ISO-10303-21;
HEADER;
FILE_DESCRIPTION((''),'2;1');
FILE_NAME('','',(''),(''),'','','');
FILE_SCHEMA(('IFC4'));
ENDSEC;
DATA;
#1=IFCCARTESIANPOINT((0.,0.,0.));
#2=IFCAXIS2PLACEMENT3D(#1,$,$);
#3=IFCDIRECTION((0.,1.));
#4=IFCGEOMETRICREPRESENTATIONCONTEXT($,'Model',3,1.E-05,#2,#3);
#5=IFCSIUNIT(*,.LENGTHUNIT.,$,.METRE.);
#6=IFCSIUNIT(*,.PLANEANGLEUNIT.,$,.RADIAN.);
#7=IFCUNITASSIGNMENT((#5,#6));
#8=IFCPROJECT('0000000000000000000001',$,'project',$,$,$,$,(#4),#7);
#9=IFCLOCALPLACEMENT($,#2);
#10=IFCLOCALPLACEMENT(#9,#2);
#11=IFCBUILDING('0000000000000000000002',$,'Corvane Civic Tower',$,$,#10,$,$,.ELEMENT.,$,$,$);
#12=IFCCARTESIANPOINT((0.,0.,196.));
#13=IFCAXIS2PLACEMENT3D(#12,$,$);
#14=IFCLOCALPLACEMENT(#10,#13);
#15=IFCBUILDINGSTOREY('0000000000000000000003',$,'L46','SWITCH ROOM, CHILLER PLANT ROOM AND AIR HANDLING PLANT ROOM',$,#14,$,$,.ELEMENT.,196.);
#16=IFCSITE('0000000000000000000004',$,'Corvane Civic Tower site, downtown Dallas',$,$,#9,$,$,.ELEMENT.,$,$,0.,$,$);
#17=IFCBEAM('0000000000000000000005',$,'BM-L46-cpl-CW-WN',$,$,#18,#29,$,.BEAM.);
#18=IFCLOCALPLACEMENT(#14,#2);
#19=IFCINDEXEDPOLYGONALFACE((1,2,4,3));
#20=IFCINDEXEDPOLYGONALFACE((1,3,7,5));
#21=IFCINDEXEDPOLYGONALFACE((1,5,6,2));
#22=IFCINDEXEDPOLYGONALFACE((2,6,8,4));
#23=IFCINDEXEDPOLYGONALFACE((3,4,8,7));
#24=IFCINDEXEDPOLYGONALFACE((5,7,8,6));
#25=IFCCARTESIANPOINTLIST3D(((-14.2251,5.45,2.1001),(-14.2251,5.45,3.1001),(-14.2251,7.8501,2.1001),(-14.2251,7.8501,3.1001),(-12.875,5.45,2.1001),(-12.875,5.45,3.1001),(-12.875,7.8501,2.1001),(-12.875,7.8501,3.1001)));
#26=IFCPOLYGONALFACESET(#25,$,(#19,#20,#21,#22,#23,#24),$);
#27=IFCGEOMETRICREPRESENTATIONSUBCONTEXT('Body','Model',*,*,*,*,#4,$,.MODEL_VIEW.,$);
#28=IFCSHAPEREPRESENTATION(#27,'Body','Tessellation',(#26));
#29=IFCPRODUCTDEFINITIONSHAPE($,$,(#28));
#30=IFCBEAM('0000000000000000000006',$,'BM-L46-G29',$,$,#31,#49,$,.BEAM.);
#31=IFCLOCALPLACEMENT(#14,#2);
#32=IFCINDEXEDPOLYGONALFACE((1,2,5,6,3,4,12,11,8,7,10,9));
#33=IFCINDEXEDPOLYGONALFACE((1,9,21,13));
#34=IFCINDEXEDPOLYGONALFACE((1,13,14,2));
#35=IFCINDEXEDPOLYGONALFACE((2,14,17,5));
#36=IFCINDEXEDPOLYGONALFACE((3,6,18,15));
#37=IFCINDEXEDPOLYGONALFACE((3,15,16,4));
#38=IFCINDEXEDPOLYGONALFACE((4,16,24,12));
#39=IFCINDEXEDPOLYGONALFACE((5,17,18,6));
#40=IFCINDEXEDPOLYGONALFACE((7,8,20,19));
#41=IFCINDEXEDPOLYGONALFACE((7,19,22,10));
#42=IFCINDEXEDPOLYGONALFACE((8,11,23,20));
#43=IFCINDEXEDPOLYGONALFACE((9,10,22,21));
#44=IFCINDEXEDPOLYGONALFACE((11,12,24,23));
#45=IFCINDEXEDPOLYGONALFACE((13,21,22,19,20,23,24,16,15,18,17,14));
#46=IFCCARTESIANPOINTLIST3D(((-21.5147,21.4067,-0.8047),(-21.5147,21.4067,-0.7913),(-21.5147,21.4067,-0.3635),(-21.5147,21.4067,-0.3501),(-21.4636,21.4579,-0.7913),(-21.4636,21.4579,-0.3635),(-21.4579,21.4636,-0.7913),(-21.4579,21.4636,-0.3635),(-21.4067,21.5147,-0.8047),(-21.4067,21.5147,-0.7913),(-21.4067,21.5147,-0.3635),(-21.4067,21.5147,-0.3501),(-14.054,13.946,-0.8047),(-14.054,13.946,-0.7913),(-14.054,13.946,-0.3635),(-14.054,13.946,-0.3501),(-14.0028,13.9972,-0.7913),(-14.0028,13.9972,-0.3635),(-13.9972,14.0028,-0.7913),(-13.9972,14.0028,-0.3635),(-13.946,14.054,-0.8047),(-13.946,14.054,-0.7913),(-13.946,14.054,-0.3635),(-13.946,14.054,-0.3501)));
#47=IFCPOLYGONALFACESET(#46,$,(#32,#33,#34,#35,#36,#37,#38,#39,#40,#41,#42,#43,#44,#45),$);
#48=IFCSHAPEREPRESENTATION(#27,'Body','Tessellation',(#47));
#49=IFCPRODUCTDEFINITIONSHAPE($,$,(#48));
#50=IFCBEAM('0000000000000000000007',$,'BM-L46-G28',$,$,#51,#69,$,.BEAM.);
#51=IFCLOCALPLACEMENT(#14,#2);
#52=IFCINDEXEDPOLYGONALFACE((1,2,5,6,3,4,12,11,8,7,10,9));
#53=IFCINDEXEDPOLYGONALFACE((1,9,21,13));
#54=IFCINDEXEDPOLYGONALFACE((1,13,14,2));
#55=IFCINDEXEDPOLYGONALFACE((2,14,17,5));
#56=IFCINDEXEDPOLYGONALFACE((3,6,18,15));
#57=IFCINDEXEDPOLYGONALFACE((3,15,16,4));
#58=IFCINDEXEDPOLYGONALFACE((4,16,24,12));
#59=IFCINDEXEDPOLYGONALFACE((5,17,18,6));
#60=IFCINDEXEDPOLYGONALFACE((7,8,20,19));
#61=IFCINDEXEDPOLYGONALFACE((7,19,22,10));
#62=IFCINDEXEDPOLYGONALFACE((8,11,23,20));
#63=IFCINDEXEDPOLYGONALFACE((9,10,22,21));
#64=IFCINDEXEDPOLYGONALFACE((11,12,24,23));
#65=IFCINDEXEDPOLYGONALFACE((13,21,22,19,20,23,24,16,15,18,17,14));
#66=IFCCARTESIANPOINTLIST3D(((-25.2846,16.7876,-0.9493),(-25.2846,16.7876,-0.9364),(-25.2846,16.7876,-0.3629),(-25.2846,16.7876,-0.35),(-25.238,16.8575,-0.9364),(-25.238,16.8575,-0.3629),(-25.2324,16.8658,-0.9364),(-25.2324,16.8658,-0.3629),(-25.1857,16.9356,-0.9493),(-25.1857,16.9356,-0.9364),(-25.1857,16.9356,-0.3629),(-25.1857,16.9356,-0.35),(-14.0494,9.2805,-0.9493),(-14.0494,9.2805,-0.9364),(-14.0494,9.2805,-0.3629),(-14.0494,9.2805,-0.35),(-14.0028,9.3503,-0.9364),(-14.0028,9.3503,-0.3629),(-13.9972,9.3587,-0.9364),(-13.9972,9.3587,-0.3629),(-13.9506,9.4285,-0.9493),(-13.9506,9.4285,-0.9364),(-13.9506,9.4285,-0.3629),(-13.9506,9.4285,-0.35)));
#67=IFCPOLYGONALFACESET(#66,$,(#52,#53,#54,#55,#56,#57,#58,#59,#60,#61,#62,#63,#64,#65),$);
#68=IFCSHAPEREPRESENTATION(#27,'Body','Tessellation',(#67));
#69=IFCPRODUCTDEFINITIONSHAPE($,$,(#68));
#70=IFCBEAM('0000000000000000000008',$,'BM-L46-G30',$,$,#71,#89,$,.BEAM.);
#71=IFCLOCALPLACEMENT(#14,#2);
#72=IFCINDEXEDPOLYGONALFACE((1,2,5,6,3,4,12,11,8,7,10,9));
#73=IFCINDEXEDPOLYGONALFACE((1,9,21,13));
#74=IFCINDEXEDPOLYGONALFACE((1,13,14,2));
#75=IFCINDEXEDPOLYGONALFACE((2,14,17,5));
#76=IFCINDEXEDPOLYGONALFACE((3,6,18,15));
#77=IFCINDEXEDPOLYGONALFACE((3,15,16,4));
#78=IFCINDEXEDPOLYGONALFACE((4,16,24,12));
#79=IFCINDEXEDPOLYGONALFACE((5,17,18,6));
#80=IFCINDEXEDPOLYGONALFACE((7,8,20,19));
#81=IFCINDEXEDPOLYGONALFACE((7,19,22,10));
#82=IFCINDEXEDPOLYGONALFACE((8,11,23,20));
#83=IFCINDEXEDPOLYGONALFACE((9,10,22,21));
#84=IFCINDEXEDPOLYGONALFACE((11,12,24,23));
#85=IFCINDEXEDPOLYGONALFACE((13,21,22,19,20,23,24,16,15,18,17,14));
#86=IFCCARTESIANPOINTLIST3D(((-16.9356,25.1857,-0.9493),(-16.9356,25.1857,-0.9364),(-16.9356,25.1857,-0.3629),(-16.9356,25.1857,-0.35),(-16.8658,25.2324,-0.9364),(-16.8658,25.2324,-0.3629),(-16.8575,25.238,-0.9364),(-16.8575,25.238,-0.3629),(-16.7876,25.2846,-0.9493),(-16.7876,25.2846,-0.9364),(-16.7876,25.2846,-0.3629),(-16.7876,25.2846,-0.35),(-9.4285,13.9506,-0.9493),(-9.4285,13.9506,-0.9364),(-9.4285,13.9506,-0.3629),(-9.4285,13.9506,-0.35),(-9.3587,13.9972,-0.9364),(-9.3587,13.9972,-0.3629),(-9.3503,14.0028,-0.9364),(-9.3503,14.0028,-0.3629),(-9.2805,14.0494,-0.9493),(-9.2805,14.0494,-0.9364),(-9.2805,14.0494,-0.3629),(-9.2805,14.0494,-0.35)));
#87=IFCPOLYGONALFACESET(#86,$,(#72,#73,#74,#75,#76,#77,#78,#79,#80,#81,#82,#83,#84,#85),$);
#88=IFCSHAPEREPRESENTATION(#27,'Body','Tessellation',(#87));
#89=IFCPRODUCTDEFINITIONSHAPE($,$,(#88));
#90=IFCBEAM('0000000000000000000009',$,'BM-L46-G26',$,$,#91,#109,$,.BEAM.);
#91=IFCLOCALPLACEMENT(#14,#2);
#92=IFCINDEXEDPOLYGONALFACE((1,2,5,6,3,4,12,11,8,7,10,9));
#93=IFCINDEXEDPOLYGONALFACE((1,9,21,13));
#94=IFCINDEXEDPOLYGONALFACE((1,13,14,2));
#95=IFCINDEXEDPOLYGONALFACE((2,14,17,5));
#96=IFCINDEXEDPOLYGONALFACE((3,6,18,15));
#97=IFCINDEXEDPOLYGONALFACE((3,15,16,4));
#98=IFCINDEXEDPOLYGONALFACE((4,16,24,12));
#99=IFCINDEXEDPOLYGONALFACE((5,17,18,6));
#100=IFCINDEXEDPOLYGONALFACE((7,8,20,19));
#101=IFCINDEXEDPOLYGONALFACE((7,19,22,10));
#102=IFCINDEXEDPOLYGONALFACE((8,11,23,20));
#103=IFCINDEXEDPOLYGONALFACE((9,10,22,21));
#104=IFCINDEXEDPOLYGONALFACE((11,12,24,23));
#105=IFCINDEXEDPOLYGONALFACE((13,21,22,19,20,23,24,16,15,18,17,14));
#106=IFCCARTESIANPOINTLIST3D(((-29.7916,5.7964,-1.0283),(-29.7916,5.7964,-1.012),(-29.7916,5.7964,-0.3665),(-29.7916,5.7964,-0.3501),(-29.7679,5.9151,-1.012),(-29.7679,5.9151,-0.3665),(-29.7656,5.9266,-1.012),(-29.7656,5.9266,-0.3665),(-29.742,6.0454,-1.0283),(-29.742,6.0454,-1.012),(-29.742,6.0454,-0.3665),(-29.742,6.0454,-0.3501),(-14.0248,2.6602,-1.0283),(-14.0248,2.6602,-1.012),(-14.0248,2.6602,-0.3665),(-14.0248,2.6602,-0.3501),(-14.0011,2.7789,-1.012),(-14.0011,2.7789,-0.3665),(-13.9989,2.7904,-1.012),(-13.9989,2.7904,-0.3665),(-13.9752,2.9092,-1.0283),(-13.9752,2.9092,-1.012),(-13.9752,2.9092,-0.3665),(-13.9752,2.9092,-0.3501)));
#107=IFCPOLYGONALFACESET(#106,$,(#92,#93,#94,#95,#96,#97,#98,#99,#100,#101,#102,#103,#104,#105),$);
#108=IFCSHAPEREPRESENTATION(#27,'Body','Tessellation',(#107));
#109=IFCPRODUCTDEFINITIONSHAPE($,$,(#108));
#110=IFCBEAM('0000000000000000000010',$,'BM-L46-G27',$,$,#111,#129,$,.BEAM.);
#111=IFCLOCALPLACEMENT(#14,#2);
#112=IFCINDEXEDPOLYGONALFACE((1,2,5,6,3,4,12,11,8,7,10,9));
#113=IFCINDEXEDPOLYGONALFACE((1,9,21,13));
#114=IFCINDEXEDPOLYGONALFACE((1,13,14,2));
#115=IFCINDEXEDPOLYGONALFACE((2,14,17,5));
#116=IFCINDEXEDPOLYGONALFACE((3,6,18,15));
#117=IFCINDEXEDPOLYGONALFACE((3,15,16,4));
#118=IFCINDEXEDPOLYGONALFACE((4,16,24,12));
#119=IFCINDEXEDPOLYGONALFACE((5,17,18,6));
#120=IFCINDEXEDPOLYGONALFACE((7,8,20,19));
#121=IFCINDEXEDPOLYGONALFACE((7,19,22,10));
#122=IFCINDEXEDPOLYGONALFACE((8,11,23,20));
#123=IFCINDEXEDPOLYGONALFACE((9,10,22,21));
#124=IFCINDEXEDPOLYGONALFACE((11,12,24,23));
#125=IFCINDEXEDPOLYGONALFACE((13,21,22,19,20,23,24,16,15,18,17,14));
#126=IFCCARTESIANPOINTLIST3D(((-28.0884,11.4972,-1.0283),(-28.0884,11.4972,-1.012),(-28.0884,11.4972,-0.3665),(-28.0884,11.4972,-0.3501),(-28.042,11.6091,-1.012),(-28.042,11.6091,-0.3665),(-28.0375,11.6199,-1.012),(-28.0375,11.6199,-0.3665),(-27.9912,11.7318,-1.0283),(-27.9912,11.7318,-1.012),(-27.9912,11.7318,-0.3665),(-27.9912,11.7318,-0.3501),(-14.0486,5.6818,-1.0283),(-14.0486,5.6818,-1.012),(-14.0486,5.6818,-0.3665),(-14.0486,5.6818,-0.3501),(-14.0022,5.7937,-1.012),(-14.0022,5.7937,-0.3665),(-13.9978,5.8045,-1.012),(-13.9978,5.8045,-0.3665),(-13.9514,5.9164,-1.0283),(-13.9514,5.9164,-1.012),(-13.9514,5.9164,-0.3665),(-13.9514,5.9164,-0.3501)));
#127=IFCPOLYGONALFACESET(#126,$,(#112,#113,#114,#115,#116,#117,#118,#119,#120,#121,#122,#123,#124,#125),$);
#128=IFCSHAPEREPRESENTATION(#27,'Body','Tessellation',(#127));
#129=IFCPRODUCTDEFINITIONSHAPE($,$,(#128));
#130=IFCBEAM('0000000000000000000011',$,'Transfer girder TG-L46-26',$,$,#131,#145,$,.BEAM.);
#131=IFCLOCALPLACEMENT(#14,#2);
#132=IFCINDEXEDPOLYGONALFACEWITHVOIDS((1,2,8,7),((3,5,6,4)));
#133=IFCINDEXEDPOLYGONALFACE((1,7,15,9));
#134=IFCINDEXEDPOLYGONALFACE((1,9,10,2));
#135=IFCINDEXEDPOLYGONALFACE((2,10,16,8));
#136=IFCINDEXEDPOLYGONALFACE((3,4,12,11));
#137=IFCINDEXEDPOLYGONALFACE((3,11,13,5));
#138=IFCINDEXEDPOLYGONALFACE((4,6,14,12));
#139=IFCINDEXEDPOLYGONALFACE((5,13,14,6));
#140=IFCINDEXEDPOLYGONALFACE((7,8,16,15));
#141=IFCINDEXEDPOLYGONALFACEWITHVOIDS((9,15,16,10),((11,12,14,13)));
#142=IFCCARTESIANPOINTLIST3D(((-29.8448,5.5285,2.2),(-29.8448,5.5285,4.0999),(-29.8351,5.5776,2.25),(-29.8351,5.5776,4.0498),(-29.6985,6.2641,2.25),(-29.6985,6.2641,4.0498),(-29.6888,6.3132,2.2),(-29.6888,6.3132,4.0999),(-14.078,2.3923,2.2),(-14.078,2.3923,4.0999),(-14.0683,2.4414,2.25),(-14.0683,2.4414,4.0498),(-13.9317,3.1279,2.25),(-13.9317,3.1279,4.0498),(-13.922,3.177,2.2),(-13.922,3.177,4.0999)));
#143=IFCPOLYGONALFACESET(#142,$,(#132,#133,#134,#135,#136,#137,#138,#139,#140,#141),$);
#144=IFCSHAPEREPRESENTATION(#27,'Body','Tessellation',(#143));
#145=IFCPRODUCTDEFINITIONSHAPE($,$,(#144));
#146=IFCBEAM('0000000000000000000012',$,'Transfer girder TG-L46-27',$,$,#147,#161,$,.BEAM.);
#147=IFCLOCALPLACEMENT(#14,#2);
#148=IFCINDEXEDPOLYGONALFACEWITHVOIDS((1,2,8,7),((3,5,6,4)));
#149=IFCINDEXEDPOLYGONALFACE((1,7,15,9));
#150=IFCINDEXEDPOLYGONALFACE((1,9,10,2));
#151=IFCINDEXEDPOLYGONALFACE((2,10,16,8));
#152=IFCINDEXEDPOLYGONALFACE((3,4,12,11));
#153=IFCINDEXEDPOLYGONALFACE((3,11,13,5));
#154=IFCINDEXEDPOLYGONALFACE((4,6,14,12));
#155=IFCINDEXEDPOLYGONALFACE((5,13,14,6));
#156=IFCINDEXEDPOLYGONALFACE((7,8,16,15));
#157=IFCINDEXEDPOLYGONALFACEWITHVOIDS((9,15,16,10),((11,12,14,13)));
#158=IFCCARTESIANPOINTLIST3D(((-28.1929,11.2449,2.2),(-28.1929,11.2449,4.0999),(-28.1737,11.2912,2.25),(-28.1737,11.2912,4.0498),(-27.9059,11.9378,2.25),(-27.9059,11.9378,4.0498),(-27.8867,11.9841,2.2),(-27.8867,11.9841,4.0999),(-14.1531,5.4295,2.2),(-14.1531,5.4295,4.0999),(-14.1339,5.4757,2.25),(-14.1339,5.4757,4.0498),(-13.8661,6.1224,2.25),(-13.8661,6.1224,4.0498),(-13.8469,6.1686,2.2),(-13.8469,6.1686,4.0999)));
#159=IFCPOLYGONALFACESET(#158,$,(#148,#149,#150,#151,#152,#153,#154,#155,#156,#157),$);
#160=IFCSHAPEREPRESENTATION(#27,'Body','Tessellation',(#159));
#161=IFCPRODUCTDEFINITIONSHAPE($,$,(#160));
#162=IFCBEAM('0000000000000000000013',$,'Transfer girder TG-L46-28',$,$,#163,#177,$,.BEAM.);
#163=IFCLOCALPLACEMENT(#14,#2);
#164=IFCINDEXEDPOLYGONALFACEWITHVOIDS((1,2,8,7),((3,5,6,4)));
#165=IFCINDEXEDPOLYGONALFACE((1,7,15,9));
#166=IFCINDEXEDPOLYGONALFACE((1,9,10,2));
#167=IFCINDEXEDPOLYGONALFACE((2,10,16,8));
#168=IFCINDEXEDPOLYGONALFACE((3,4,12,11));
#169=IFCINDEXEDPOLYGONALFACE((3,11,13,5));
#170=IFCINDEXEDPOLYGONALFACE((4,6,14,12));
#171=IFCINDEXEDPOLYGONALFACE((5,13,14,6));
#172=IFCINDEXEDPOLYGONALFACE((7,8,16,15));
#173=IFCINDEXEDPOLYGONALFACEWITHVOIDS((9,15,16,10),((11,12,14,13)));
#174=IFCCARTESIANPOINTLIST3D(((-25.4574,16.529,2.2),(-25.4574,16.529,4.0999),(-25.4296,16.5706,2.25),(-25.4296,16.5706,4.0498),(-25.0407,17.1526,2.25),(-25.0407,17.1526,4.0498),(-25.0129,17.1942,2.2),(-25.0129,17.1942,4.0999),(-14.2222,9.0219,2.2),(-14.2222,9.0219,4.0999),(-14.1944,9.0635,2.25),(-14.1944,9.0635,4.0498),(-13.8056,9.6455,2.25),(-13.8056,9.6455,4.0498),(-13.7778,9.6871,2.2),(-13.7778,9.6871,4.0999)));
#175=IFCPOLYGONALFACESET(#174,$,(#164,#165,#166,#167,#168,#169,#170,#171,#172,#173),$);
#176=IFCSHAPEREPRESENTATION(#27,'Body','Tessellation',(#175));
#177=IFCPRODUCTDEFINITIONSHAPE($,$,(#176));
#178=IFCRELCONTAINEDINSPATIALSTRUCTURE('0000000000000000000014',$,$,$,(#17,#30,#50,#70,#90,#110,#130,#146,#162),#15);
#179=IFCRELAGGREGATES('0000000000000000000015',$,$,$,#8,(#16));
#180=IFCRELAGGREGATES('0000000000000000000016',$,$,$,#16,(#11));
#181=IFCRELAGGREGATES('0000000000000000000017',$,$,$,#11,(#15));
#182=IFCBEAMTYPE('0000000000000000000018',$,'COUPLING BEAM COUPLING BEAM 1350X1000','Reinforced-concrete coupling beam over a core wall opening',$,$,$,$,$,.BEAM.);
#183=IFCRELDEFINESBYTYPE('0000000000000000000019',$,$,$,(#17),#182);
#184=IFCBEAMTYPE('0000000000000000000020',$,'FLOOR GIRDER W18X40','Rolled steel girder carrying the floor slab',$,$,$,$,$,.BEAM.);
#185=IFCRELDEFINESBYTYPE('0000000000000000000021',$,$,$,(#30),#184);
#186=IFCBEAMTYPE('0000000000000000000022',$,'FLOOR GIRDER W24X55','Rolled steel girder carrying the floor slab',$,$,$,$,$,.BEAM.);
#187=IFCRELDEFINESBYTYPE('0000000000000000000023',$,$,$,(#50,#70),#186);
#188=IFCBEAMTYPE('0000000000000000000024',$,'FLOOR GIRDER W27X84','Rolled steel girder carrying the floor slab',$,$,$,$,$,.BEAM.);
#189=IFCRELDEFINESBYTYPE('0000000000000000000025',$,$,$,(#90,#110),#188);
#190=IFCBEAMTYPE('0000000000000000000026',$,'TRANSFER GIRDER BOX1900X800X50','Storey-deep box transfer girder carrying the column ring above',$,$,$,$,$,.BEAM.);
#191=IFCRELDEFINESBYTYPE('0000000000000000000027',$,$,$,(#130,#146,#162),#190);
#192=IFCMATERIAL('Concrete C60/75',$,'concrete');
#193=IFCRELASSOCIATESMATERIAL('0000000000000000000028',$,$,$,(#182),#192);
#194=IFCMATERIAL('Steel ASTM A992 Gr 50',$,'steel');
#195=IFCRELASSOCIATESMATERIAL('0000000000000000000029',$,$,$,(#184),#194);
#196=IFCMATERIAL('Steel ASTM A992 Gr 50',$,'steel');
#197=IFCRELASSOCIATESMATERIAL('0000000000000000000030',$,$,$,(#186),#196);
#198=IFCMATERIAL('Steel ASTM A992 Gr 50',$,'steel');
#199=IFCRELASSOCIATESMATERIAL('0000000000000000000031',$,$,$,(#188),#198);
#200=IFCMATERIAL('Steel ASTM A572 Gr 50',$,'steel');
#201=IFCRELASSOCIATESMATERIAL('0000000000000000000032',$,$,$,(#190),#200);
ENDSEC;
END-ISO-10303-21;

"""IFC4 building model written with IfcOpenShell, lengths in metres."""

from ifc_helpers import new_model, si_unit, direction, frame, origin, origin_2d, place, context, subcontext, project, spatial, rectangle, hollow_rectangle, i_section, extrude, material, material_profile, profile_set, type_object, element, save


model = new_model("IFC4")

# Units and contexts
model_context = context("Model", 3, precision=1e-05, world=origin(), true_north=direction((0.0, 1.0)))
body_context = subcontext(model_context, "Body", "Model", "MODEL_VIEW")
ifc_project = project(units=[si_unit("LENGTHUNIT", "METRE"), si_unit("PLANEANGLEUNIT", "RADIAN")], contexts=[model_context])

# Site, building, storey
site_placement = place(None, origin())
site = spatial("IfcSite", under=ifc_project, at=site_placement, Name="Corvane Civic Tower site, downtown Dallas", CompositionType="ELEMENT", RefElevation=0.0)
building_placement = place(site_placement, origin())
building = spatial("IfcBuilding", under=site, at=building_placement, Name="Corvane Civic Tower", CompositionType="ELEMENT")
storey_placement = place(building_placement, frame((0.0, 0.0, 196.0)))
storey = spatial("IfcBuildingStorey", under=building, at=storey_placement, Name="L46", Description="SWITCH ROOM, CHILLER PLANT ROOM AND AIR HANDLING PLANT ROOM", CompositionType="ELEMENT", Elevation=196.0)

# Beams
ifc_material_1 = material(Name="Concrete C60/75", Category="concrete")
ifc_material_profile_1 = material_profile(ifc_material_1, rectangle(XDim=1.3501, YDim=1.0, at=origin_2d()), Name="COUPLING BEAM 1350X1000")
ifc_profile_set_1 = profile_set([ifc_material_profile_1], Name="Concrete C60/75")
beam_type_1 = type_object("IfcBeamType", Name="COUPLING BEAM COUPLING BEAM 1350X1000", Description="Reinforced-concrete coupling beam over a core wall opening", PredefinedType="BEAM", material=ifc_profile_set_1)
beam_1_placement = place(storey_placement, frame((-13.55, 5.45, 2.6001), z_axis=(0.0, 1.0, 0.0), x_axis=(-1.0, 0.0, 0.0)))
element("IfcBeam", 1, at=beam_1_placement, inside=storey, type_object=beam_type_1, Name="BM-L46-cpl-CW-WN", PredefinedType="BEAM", context=body_context, shape_type="SweptSolid", body=[
    extrude(rectangle(XDim=1.3501, YDim=1.0, at=origin_2d()), origin(), (0.0, 0.0, 1.0), 2.4001),
])
ifc_material_2 = material(Name="Steel ASTM A992 Gr 50", Category="steel")
ifc_material_profile_2 = material_profile(ifc_material_2, i_section(OverallWidth=0.1528, OverallDepth=0.4546, WebThickness=0.0081, FlangeThickness=0.0134, at=origin_2d()), Name="W18X40")
ifc_profile_set_2 = profile_set([ifc_material_profile_2], Name="Steel ASTM A992 Gr 50")
beam_type_2 = type_object("IfcBeamType", Name="FLOOR GIRDER W18X40", Description="Rolled steel girder carrying the floor slab", PredefinedType="BEAM", material=ifc_profile_set_2)
beam_2_placement = place(storey_placement, frame((-14.0, 14.0, -0.5774), z_axis=(-0.707107, 0.707107, 0.0), x_axis=(-0.707107, -0.707107, 0.0)))
element("IfcBeam", 2, at=beam_2_placement, inside=storey, type_object=beam_type_2, Name="BM-L46-G29", PredefinedType="BEAM", context=body_context, shape_type="SweptSolid", body=[
    extrude(i_section(OverallWidth=0.1528, OverallDepth=0.4546, WebThickness=0.0081, FlangeThickness=0.0134, at=origin_2d()), origin(), (0.0, 0.0, 1.0), 10.551),
])
ifc_material_3 = material(Name="Steel ASTM A992 Gr 50", Category="steel")
ifc_material_profile_3 = material_profile(ifc_material_3, i_section(OverallWidth=0.178, OverallDepth=0.5994, WebThickness=0.01, FlangeThickness=0.0129, at=origin_2d()), Name="W24X55")
ifc_profile_set_3 = profile_set([ifc_material_profile_3], Name="Steel ASTM A992 Gr 50")
beam_type_3 = type_object("IfcBeamType", Name="FLOOR GIRDER W24X55", Description="Rolled steel girder carrying the floor slab", PredefinedType="BEAM", material=ifc_profile_set_3)
for number, where, z_axis, x_axis, name in (
    (3, (-14.0, 9.3545, -0.6497), (-0.831469, 0.555571, 0.0), (-0.555571, -0.831469, 0.0), "BM-L46-G28"),
    (4, (-9.3545, 14.0, -0.6497), (-0.555571, 0.831469, 0.0), (-0.831469, -0.555571, 0.0), "BM-L46-G30"),
):
    element("IfcBeam", number, at=place(storey_placement, frame(where, z_axis=z_axis, x_axis=x_axis)), inside=storey, type_object=beam_type_3, Name=name, PredefinedType="BEAM", context=body_context, shape_type="SweptSolid", body=[
        extrude(i_section(OverallWidth=0.178, OverallDepth=0.5994, WebThickness=0.01, FlangeThickness=0.0129, at=origin_2d()), origin(), (0.0, 0.0, 1.0), 13.5125),
    ])
ifc_material_4 = material(Name="Steel ASTM A992 Gr 50", Category="steel")
ifc_material_profile_4 = material_profile(ifc_material_4, i_section(OverallWidth=0.2539, OverallDepth=0.6782, WebThickness=0.0117, FlangeThickness=0.0164, at=origin_2d()), Name="W27X84")
ifc_profile_set_4 = profile_set([ifc_material_profile_4], Name="Steel ASTM A992 Gr 50")
beam_type_4 = type_object("IfcBeamType", Name="FLOOR GIRDER W27X84", Description="Rolled steel girder carrying the floor slab", PredefinedType="BEAM", material=ifc_profile_set_4)
beam_3_placement = place(storey_placement, frame((-14.0, 2.7847, -0.6892), z_axis=(-0.980785, 0.195091, 0.0), x_axis=(-0.195091, -0.980785, 0.0)))
element("IfcBeam", 5, at=beam_3_placement, inside=storey, type_object=beam_type_4, Name="BM-L46-G26", PredefinedType="BEAM", context=body_context, shape_type="SweptSolid", body=[
    extrude(i_section(OverallWidth=0.2539, OverallDepth=0.6782, WebThickness=0.0117, FlangeThickness=0.0164, at=origin_2d()), origin(), (0.0, 0.0, 1.0), 16.0757),
])
beam_4_placement = place(storey_placement, frame((-14.0, 5.7991, -0.6892), z_axis=(-0.923881, 0.382681, 0.0), x_axis=(-0.382681, -0.923881, 0.0)))
element("IfcBeam", 6, at=beam_4_placement, inside=storey, type_object=beam_type_4, Name="BM-L46-G27", PredefinedType="BEAM", context=body_context, shape_type="SweptSolid", body=[
    extrude(i_section(OverallWidth=0.2539, OverallDepth=0.6782, WebThickness=0.0117, FlangeThickness=0.0164, at=origin_2d()), origin(), (0.0, 0.0, 1.0), 15.1965),
])
ifc_material_5 = material(Name="Steel ASTM A572 Gr 50", Category="steel")
ifc_material_profile_5 = material_profile(ifc_material_5, hollow_rectangle(XDim=0.8, YDim=1.8999, WallThickness=0.05, at=origin_2d()), Name="BOX1900X800X50")
ifc_profile_set_5 = profile_set([ifc_material_profile_5], Name="Steel ASTM A572 Gr 50")
beam_type_5 = type_object("IfcBeamType", Name="TRANSFER GIRDER BOX1900X800X50", Description="Storey-deep box transfer girder carrying the column ring above", PredefinedType="BEAM", material=ifc_profile_set_5)
beam_5_placement = place(storey_placement, frame((-14.0, 2.7847, 3.1499), z_axis=(-0.980785, 0.195091, 0.0), x_axis=(-0.195091, -0.980785, 0.0)))
element("IfcBeam", 7, at=beam_5_placement, inside=storey, type_object=beam_type_5, Name="Transfer girder TG-L46-26", PredefinedType="BEAM", context=body_context, shape_type="SweptSolid", body=[
    extrude(hollow_rectangle(XDim=0.8, YDim=1.8999, WallThickness=0.05, at=origin_2d()), origin(), (0.0, 0.0, 1.0), 16.0757),
])
beam_6_placement = place(storey_placement, frame((-14.0, 5.7991, 3.1499), z_axis=(-0.923881, 0.382681, 0.0), x_axis=(-0.382681, -0.923881, 0.0)))
element("IfcBeam", 8, at=beam_6_placement, inside=storey, type_object=beam_type_5, Name="Transfer girder TG-L46-27", PredefinedType="BEAM", context=body_context, shape_type="SweptSolid", body=[
    extrude(hollow_rectangle(XDim=0.8, YDim=1.8999, WallThickness=0.05, at=origin_2d()), origin(), (0.0, 0.0, 1.0), 15.1965),
])
beam_7_placement = place(storey_placement, frame((-14.0, 9.3545, 3.1499), z_axis=(-0.831469, 0.555571, 0.0), x_axis=(-0.555571, -0.831469, 0.0)))
element("IfcBeam", 9, at=beam_7_placement, inside=storey, type_object=beam_type_5, Name="Transfer girder TG-L46-28", PredefinedType="BEAM", context=body_context, shape_type="SweptSolid", body=[
    extrude(hollow_rectangle(XDim=0.8, YDim=1.8999, WallThickness=0.05, at=origin_2d()), origin(), (0.0, 0.0, 1.0), 13.5125),
])

save(model, "model.ifc")
